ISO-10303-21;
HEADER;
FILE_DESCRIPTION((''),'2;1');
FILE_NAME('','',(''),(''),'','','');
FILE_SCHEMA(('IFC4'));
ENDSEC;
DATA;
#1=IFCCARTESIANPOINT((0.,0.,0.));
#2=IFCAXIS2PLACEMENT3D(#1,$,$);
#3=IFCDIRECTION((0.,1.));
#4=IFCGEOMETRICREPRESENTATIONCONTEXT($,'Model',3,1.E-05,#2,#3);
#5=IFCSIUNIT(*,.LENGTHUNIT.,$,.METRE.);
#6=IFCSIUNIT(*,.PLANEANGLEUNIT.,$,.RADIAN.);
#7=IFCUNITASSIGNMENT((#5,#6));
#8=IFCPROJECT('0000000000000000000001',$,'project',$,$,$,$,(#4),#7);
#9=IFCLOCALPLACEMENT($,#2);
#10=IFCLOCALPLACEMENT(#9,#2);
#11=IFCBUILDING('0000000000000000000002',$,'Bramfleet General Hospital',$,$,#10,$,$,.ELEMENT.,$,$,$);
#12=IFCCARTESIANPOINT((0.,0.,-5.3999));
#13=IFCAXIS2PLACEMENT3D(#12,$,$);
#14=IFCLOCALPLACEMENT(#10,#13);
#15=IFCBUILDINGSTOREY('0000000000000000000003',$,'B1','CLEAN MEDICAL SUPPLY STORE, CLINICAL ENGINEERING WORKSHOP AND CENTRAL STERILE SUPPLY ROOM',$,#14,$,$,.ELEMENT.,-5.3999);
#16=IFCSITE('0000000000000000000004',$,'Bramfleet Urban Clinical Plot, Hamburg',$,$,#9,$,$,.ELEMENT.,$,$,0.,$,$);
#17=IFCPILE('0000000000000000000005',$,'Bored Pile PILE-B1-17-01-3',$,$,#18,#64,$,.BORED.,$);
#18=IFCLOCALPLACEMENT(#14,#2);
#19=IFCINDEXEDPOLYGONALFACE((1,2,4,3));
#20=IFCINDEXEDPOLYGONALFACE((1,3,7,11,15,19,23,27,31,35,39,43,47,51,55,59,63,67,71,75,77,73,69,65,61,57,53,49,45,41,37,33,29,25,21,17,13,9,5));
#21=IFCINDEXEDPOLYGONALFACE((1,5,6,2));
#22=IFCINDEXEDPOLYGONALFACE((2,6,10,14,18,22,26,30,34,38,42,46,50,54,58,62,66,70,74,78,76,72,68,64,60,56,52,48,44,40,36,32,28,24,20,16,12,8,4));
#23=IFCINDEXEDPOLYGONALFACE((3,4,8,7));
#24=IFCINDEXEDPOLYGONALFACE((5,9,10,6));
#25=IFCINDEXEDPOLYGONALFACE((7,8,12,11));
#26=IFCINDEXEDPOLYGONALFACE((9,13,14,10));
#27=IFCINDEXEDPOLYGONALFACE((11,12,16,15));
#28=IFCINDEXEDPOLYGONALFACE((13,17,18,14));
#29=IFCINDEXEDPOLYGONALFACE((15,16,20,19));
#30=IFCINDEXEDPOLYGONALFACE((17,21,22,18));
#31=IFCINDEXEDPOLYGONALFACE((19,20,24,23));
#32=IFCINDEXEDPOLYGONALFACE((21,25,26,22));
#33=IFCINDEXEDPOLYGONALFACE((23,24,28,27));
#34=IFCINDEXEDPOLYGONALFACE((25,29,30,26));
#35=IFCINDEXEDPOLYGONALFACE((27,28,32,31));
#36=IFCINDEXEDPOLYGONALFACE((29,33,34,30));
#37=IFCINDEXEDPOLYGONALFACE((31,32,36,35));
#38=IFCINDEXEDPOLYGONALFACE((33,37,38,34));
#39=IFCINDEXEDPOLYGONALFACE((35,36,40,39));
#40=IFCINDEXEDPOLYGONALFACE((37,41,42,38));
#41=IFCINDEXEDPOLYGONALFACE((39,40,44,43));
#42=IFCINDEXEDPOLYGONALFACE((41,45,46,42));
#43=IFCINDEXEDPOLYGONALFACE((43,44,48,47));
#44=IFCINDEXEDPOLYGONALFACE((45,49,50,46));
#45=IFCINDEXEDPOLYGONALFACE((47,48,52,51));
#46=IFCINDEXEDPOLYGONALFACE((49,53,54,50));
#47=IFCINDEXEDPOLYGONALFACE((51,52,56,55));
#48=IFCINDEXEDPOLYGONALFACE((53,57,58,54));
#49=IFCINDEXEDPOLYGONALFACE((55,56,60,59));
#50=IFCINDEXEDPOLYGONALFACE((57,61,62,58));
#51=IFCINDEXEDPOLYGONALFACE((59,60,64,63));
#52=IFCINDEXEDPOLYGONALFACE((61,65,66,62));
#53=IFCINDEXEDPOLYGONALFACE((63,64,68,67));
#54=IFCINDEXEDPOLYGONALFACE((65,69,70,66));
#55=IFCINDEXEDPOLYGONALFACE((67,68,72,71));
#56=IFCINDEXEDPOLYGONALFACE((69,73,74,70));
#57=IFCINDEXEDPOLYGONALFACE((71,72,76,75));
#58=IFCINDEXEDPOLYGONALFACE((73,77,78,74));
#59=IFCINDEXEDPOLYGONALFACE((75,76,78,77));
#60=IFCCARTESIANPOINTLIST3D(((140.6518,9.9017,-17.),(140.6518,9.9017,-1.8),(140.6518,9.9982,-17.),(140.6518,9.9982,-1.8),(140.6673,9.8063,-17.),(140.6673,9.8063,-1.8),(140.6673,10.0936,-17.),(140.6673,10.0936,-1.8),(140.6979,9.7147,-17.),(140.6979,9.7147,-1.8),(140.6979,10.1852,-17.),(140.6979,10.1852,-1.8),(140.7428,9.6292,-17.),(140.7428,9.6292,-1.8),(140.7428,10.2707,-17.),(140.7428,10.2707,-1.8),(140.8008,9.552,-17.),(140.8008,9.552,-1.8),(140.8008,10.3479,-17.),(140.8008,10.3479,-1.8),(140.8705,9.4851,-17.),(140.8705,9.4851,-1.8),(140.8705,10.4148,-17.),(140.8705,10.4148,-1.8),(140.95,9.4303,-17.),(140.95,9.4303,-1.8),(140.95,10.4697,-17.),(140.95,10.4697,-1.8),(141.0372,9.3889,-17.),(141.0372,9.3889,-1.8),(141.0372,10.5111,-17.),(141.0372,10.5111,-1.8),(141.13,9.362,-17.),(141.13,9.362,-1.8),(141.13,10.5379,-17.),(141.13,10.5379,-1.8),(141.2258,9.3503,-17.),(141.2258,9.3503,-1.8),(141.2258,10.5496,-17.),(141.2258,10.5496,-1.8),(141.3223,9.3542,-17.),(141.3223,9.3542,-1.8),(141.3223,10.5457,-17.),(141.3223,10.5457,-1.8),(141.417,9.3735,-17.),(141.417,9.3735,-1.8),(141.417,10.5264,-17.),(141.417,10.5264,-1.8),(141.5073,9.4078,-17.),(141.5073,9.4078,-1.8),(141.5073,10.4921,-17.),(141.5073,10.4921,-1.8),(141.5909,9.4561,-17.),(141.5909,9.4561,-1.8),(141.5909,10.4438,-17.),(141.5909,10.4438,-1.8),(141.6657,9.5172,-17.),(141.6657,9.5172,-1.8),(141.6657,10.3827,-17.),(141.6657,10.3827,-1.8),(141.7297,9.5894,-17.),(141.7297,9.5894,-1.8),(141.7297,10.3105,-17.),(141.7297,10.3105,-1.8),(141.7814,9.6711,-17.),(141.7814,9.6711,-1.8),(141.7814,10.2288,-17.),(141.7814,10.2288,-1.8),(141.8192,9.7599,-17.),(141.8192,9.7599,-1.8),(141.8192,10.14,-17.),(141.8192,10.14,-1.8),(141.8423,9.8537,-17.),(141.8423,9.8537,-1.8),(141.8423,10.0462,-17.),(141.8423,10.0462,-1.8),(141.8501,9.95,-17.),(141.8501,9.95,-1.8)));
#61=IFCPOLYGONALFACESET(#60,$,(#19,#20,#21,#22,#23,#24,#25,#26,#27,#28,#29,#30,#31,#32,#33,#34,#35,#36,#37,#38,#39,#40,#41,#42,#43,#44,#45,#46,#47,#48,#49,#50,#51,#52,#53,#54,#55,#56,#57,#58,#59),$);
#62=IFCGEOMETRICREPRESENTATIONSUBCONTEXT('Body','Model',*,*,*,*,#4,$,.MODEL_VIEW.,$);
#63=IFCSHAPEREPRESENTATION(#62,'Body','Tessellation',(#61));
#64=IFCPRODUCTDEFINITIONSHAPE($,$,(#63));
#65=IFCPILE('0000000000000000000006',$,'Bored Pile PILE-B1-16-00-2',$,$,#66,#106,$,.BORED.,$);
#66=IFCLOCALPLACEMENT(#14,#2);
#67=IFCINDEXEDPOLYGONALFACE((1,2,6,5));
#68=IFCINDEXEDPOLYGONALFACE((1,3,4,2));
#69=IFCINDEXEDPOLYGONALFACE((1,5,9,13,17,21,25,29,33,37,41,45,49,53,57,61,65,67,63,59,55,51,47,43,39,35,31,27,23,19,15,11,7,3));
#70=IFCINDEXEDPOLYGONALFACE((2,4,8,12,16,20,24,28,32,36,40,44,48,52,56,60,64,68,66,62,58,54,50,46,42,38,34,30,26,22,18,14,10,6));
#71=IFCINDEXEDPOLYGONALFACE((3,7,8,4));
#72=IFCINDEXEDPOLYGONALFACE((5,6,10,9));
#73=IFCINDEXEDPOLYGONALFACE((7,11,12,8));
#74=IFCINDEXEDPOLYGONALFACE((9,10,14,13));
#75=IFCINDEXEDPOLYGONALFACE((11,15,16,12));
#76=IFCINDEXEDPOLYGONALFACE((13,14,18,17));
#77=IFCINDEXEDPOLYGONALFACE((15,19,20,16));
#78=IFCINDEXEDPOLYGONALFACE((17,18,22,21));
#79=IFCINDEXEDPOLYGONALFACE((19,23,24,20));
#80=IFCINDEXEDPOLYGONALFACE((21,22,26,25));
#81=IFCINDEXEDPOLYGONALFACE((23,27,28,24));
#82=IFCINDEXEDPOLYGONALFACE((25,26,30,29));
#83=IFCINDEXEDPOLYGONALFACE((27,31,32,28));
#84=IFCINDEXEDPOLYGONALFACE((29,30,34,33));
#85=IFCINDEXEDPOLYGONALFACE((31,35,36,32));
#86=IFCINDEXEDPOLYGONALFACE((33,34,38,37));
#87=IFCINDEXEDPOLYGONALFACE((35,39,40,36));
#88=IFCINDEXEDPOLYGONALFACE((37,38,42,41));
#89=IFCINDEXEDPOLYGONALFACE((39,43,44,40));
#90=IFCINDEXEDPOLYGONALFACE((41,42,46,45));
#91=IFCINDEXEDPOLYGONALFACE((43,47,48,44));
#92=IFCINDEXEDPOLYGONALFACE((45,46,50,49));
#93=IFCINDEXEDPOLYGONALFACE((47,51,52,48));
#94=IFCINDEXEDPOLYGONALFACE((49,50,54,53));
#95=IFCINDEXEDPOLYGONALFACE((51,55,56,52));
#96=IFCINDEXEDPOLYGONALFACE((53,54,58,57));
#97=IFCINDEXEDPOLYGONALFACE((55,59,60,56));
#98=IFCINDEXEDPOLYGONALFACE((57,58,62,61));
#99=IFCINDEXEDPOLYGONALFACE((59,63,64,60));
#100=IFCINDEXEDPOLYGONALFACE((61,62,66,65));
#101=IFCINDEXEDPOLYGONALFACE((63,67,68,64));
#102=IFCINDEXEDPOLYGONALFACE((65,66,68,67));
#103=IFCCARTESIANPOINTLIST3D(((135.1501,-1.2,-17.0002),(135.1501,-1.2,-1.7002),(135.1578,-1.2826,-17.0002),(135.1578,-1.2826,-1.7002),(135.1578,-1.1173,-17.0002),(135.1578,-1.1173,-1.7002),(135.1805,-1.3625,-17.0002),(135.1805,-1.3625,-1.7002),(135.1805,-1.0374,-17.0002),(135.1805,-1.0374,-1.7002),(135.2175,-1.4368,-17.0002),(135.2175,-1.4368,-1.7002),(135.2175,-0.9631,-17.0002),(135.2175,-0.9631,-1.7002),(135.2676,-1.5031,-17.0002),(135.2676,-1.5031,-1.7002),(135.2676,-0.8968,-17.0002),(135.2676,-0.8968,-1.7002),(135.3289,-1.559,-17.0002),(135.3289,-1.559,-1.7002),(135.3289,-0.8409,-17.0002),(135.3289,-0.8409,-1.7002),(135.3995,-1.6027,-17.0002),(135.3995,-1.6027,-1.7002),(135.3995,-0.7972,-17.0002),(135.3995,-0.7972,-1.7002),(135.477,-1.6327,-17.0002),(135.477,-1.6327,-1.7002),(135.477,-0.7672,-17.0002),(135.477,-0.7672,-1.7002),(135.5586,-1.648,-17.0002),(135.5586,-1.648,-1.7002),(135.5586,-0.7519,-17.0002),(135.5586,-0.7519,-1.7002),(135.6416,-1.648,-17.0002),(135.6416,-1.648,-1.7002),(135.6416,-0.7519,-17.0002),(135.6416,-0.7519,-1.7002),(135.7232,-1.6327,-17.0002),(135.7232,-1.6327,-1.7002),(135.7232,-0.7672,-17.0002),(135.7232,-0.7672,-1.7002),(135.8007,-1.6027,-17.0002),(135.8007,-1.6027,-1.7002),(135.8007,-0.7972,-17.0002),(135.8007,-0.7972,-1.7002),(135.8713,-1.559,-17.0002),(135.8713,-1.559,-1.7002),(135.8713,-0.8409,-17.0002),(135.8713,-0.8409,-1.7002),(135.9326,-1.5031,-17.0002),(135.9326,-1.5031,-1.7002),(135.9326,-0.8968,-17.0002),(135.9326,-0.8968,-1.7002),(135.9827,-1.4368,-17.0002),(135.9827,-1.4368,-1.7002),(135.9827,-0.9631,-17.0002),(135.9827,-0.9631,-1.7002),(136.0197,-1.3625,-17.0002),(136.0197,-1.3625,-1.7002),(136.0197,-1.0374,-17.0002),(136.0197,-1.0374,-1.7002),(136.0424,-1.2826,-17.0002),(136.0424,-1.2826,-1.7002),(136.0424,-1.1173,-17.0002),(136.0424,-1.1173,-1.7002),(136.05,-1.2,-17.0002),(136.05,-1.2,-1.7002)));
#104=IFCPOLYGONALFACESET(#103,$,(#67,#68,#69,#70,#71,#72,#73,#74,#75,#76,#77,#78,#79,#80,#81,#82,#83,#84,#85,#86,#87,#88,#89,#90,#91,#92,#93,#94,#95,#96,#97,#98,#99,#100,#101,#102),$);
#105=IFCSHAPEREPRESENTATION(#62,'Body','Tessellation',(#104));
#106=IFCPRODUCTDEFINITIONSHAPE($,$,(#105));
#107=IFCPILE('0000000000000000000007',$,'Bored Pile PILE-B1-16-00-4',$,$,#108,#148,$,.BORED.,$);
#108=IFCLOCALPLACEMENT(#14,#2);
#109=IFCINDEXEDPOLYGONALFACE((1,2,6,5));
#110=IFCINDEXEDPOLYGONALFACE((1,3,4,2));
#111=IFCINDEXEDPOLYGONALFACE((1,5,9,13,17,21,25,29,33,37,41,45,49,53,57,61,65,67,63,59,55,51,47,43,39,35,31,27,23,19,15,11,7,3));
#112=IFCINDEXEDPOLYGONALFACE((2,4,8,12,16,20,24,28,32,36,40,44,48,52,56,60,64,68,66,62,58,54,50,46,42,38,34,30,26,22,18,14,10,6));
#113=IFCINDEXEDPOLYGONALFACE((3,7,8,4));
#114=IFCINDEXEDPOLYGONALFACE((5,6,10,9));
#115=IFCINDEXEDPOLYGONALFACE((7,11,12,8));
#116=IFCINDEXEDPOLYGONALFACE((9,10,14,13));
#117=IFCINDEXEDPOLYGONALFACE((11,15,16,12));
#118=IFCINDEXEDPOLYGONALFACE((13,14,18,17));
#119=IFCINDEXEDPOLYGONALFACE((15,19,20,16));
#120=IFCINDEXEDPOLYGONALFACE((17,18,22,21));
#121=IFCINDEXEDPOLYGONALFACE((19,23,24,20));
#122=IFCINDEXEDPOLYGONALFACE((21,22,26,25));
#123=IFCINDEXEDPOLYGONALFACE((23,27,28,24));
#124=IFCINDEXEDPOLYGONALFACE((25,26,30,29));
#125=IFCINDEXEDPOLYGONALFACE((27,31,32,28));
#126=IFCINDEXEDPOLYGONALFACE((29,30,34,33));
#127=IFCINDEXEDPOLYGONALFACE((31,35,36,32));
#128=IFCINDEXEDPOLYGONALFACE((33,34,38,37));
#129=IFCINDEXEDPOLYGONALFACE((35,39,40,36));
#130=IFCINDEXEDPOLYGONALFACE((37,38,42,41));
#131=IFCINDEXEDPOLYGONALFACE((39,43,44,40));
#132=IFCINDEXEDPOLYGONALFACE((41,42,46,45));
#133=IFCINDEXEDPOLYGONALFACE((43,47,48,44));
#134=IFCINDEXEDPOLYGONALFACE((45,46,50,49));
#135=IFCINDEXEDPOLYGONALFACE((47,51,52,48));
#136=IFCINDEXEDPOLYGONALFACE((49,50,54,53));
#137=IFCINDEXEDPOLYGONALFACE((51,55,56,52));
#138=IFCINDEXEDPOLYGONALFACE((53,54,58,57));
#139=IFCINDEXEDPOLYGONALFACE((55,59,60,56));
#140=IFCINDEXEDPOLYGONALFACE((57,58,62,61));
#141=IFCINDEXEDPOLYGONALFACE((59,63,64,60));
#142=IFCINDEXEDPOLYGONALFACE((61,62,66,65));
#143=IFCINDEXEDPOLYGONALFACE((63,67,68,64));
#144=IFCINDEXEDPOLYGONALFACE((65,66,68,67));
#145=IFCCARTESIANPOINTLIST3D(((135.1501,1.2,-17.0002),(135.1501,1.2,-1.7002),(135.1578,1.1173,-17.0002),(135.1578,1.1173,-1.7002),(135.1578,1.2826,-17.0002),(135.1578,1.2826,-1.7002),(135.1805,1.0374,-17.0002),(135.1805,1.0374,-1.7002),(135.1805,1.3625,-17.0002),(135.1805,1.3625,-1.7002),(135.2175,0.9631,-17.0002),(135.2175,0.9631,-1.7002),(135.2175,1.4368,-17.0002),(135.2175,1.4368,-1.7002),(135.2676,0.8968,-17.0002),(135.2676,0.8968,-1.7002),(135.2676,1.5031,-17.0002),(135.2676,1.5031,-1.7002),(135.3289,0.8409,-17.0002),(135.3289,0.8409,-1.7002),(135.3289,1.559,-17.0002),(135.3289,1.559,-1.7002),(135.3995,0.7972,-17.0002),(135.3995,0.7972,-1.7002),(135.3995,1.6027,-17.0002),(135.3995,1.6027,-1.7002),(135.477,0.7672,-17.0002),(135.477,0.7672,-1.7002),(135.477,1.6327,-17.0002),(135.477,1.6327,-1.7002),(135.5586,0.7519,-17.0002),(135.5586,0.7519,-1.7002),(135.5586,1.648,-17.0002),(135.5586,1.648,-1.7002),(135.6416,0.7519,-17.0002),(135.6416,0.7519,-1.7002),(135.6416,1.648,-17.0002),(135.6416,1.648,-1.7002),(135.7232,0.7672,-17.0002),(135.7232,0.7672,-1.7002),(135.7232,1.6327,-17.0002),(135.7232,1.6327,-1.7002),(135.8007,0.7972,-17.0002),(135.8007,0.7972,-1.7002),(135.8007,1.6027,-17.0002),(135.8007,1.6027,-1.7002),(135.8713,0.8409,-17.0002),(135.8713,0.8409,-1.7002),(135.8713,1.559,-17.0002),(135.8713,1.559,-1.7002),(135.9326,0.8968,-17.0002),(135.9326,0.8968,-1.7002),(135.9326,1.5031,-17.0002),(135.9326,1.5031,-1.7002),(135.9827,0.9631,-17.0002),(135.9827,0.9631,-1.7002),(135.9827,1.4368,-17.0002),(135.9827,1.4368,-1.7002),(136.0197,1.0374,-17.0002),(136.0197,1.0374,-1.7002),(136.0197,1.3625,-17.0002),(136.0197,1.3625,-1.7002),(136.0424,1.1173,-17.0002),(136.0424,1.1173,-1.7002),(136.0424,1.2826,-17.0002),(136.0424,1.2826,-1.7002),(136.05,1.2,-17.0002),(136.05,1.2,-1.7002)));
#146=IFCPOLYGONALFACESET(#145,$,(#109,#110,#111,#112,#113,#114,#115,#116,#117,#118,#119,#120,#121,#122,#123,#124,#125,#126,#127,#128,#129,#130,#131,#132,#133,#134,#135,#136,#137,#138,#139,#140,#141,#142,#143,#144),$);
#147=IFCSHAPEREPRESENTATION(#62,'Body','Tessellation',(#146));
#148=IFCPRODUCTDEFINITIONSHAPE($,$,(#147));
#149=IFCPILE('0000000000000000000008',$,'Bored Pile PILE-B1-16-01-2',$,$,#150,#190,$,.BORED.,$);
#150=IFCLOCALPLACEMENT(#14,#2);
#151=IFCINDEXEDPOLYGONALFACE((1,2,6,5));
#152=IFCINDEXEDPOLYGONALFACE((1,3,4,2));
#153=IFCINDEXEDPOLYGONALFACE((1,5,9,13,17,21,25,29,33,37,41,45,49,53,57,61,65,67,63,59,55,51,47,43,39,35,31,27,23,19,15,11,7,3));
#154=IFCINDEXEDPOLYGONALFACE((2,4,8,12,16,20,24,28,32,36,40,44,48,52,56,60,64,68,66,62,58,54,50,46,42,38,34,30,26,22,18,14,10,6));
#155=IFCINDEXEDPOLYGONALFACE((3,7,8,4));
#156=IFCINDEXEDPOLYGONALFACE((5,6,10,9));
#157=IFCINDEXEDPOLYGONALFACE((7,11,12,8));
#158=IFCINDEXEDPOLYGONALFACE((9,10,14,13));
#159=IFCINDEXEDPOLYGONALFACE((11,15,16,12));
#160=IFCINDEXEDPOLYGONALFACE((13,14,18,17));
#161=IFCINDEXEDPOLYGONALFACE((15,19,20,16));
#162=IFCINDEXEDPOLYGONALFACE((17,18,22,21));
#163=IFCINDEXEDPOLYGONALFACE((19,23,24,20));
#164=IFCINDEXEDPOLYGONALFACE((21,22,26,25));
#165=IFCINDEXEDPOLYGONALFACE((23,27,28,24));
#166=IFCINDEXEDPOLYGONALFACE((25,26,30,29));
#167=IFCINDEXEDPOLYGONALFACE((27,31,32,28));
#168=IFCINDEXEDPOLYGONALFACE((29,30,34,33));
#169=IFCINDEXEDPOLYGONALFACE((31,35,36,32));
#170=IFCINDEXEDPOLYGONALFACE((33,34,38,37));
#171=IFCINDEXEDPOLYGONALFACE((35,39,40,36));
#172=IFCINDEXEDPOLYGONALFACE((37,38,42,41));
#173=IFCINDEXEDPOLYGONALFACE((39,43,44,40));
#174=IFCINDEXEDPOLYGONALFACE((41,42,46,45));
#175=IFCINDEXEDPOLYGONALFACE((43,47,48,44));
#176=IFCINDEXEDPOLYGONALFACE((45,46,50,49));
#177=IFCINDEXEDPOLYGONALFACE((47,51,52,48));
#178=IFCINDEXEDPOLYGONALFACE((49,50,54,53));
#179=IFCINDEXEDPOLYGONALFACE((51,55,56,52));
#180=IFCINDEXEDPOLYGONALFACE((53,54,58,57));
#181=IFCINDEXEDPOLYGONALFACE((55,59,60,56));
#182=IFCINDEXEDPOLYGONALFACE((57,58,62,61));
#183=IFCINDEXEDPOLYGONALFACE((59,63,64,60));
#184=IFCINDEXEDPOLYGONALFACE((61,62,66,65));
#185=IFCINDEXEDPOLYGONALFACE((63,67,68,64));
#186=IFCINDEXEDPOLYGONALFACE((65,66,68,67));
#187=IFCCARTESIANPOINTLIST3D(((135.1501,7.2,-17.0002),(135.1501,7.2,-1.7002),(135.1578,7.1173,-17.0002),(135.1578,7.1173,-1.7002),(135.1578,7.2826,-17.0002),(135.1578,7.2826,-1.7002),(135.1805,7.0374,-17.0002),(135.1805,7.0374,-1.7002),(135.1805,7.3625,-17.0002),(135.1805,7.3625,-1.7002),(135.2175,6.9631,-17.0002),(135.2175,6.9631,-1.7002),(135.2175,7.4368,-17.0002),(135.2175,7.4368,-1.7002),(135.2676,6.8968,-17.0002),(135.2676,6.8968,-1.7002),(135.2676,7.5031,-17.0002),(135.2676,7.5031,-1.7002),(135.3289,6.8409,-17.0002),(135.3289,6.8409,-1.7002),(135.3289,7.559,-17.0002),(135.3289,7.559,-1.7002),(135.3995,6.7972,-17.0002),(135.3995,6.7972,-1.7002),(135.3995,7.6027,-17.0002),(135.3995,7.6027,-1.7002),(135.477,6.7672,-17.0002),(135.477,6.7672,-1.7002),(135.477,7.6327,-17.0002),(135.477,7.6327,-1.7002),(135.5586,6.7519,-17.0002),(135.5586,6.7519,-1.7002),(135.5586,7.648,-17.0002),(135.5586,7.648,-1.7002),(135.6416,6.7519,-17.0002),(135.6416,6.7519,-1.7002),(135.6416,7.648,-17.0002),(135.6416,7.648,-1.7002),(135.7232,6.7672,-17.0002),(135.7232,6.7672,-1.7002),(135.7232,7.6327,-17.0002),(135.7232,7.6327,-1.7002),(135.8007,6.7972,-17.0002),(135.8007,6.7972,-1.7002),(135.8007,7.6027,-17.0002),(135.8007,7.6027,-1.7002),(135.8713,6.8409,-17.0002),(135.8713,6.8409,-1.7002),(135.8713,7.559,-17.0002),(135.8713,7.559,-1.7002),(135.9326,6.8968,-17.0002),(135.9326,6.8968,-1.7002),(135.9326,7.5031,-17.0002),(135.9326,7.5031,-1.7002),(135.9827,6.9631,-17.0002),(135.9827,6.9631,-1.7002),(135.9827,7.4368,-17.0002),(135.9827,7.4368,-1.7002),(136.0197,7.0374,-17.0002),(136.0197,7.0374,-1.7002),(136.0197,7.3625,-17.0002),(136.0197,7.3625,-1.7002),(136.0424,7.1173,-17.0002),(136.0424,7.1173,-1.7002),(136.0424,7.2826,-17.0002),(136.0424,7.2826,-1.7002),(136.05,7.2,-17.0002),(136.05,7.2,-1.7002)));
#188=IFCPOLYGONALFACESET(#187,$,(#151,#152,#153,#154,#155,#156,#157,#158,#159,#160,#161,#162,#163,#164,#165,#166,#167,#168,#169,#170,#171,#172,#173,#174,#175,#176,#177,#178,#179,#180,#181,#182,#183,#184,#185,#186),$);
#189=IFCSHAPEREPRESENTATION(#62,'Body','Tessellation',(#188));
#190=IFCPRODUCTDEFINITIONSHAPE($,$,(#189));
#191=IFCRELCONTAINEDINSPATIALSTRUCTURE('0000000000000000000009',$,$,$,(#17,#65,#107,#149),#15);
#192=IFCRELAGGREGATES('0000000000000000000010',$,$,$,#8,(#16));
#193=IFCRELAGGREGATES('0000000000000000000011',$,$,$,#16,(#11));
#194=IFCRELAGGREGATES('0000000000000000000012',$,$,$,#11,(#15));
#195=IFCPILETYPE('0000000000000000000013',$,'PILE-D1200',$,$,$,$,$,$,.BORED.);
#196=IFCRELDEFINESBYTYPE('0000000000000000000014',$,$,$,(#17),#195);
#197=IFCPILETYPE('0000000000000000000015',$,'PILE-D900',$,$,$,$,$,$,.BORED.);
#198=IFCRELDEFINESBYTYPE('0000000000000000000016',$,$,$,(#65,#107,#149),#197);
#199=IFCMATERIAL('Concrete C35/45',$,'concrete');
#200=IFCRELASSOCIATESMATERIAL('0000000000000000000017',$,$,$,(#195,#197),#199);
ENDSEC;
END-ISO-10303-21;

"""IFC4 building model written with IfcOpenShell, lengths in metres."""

from ifc_helpers import new_model, si_unit, direction, frame, origin, origin_2d, place, context, subcontext, project, spatial, circle, extrude, material, material_profile, profile_set, type_object, element, save


model = new_model("IFC4")

# Units and contexts
model_context = context("Model", 3, precision=1e-05, world=origin(), true_north=direction((0.0, 1.0)))
body_context = subcontext(model_context, "Body", "Model", "MODEL_VIEW")
ifc_project = project(units=[si_unit("LENGTHUNIT", "METRE"), si_unit("PLANEANGLEUNIT", "RADIAN")], contexts=[model_context])

# Site, building, storey
site_placement = place(None, origin())
site = spatial("IfcSite", under=ifc_project, at=site_placement, Name="Bramfleet Urban Clinical Plot, Hamburg", CompositionType="ELEMENT", RefElevation=0.0)
building_placement = place(site_placement, origin())
building = spatial("IfcBuilding", under=site, at=building_placement, Name="Bramfleet General Hospital", CompositionType="ELEMENT")
storey_placement = place(building_placement, frame((0.0, 0.0, -5.3999)))
storey = spatial("IfcBuildingStorey", under=building, at=storey_placement, Name="B1", Description="CLEAN MEDICAL SUPPLY STORE, CLINICAL ENGINEERING WORKSHOP AND CENTRAL STERILE SUPPLY ROOM", CompositionType="ELEMENT", Elevation=-5.3999)

# Shared definitions
ifc_material_1 = material(Name="Concrete C35/45", Category="concrete")

# Piles
ifc_material_profile_1 = material_profile(ifc_material_1, circle(Radius=0.6001, at=origin_2d()), Name="PILE BORED D1200")
ifc_profile_set_1 = profile_set([ifc_material_profile_1], Name="Concrete C35/45")
pile_type_1 = type_object("IfcPileType", Name="PILE-D1200", PredefinedType="BORED", material=ifc_profile_set_1)
for number, where, z_axis, x_axis, name in (
    (1, (141.25, 9.95, -1.8), (0.0, 0.0, -1.0), (1.0, 0.0, 0.0), "Bored Pile PILE-B1-17-01-3"),
):
    element("IfcPile", number, at=place(storey_placement, frame(where, z_axis=z_axis, x_axis=x_axis)), inside=storey, type_object=pile_type_1, Name=name, PredefinedType="BORED", context=body_context, shape_type="SweptSolid", body=[
        extrude(circle(Radius=0.6001, at=origin_2d()), origin(), (0.0, 0.0, 1.0), 15.2),
    ])
ifc_material_profile_2 = material_profile(ifc_material_1, circle(Radius=0.45, at=origin_2d()), Name="PILE BORED D900")
ifc_profile_set_2 = profile_set([ifc_material_profile_2], Name="Concrete C35/45")
pile_type_2 = type_object("IfcPileType", Name="PILE-D900", PredefinedType="BORED", material=ifc_profile_set_2)
for number, where, z_axis, x_axis, name in (
    (2, (135.6001, -1.2, -1.7002), (0.0, 0.0, -1.0), (1.0, 0.0, 0.0), "Bored Pile PILE-B1-16-00-2"),
    (3, (135.6001, 1.2, -1.7002), (0.0, 0.0, -1.0), (1.0, 0.0, 0.0), "Bored Pile PILE-B1-16-00-4"),
    (4, (135.6001, 7.2, -1.7002), (0.0, 0.0, -1.0), (1.0, 0.0, 0.0), "Bored Pile PILE-B1-16-01-2"),
):
    element("IfcPile", number, at=place(storey_placement, frame(where, z_axis=z_axis, x_axis=x_axis)), inside=storey, type_object=pile_type_2, Name=name, PredefinedType="BORED", context=body_context, shape_type="SweptSolid", body=[
        extrude(circle(Radius=0.45, at=origin_2d()), origin(), (0.0, 0.0, 1.0), 15.3),
    ])

save(model, "model.ifc")
